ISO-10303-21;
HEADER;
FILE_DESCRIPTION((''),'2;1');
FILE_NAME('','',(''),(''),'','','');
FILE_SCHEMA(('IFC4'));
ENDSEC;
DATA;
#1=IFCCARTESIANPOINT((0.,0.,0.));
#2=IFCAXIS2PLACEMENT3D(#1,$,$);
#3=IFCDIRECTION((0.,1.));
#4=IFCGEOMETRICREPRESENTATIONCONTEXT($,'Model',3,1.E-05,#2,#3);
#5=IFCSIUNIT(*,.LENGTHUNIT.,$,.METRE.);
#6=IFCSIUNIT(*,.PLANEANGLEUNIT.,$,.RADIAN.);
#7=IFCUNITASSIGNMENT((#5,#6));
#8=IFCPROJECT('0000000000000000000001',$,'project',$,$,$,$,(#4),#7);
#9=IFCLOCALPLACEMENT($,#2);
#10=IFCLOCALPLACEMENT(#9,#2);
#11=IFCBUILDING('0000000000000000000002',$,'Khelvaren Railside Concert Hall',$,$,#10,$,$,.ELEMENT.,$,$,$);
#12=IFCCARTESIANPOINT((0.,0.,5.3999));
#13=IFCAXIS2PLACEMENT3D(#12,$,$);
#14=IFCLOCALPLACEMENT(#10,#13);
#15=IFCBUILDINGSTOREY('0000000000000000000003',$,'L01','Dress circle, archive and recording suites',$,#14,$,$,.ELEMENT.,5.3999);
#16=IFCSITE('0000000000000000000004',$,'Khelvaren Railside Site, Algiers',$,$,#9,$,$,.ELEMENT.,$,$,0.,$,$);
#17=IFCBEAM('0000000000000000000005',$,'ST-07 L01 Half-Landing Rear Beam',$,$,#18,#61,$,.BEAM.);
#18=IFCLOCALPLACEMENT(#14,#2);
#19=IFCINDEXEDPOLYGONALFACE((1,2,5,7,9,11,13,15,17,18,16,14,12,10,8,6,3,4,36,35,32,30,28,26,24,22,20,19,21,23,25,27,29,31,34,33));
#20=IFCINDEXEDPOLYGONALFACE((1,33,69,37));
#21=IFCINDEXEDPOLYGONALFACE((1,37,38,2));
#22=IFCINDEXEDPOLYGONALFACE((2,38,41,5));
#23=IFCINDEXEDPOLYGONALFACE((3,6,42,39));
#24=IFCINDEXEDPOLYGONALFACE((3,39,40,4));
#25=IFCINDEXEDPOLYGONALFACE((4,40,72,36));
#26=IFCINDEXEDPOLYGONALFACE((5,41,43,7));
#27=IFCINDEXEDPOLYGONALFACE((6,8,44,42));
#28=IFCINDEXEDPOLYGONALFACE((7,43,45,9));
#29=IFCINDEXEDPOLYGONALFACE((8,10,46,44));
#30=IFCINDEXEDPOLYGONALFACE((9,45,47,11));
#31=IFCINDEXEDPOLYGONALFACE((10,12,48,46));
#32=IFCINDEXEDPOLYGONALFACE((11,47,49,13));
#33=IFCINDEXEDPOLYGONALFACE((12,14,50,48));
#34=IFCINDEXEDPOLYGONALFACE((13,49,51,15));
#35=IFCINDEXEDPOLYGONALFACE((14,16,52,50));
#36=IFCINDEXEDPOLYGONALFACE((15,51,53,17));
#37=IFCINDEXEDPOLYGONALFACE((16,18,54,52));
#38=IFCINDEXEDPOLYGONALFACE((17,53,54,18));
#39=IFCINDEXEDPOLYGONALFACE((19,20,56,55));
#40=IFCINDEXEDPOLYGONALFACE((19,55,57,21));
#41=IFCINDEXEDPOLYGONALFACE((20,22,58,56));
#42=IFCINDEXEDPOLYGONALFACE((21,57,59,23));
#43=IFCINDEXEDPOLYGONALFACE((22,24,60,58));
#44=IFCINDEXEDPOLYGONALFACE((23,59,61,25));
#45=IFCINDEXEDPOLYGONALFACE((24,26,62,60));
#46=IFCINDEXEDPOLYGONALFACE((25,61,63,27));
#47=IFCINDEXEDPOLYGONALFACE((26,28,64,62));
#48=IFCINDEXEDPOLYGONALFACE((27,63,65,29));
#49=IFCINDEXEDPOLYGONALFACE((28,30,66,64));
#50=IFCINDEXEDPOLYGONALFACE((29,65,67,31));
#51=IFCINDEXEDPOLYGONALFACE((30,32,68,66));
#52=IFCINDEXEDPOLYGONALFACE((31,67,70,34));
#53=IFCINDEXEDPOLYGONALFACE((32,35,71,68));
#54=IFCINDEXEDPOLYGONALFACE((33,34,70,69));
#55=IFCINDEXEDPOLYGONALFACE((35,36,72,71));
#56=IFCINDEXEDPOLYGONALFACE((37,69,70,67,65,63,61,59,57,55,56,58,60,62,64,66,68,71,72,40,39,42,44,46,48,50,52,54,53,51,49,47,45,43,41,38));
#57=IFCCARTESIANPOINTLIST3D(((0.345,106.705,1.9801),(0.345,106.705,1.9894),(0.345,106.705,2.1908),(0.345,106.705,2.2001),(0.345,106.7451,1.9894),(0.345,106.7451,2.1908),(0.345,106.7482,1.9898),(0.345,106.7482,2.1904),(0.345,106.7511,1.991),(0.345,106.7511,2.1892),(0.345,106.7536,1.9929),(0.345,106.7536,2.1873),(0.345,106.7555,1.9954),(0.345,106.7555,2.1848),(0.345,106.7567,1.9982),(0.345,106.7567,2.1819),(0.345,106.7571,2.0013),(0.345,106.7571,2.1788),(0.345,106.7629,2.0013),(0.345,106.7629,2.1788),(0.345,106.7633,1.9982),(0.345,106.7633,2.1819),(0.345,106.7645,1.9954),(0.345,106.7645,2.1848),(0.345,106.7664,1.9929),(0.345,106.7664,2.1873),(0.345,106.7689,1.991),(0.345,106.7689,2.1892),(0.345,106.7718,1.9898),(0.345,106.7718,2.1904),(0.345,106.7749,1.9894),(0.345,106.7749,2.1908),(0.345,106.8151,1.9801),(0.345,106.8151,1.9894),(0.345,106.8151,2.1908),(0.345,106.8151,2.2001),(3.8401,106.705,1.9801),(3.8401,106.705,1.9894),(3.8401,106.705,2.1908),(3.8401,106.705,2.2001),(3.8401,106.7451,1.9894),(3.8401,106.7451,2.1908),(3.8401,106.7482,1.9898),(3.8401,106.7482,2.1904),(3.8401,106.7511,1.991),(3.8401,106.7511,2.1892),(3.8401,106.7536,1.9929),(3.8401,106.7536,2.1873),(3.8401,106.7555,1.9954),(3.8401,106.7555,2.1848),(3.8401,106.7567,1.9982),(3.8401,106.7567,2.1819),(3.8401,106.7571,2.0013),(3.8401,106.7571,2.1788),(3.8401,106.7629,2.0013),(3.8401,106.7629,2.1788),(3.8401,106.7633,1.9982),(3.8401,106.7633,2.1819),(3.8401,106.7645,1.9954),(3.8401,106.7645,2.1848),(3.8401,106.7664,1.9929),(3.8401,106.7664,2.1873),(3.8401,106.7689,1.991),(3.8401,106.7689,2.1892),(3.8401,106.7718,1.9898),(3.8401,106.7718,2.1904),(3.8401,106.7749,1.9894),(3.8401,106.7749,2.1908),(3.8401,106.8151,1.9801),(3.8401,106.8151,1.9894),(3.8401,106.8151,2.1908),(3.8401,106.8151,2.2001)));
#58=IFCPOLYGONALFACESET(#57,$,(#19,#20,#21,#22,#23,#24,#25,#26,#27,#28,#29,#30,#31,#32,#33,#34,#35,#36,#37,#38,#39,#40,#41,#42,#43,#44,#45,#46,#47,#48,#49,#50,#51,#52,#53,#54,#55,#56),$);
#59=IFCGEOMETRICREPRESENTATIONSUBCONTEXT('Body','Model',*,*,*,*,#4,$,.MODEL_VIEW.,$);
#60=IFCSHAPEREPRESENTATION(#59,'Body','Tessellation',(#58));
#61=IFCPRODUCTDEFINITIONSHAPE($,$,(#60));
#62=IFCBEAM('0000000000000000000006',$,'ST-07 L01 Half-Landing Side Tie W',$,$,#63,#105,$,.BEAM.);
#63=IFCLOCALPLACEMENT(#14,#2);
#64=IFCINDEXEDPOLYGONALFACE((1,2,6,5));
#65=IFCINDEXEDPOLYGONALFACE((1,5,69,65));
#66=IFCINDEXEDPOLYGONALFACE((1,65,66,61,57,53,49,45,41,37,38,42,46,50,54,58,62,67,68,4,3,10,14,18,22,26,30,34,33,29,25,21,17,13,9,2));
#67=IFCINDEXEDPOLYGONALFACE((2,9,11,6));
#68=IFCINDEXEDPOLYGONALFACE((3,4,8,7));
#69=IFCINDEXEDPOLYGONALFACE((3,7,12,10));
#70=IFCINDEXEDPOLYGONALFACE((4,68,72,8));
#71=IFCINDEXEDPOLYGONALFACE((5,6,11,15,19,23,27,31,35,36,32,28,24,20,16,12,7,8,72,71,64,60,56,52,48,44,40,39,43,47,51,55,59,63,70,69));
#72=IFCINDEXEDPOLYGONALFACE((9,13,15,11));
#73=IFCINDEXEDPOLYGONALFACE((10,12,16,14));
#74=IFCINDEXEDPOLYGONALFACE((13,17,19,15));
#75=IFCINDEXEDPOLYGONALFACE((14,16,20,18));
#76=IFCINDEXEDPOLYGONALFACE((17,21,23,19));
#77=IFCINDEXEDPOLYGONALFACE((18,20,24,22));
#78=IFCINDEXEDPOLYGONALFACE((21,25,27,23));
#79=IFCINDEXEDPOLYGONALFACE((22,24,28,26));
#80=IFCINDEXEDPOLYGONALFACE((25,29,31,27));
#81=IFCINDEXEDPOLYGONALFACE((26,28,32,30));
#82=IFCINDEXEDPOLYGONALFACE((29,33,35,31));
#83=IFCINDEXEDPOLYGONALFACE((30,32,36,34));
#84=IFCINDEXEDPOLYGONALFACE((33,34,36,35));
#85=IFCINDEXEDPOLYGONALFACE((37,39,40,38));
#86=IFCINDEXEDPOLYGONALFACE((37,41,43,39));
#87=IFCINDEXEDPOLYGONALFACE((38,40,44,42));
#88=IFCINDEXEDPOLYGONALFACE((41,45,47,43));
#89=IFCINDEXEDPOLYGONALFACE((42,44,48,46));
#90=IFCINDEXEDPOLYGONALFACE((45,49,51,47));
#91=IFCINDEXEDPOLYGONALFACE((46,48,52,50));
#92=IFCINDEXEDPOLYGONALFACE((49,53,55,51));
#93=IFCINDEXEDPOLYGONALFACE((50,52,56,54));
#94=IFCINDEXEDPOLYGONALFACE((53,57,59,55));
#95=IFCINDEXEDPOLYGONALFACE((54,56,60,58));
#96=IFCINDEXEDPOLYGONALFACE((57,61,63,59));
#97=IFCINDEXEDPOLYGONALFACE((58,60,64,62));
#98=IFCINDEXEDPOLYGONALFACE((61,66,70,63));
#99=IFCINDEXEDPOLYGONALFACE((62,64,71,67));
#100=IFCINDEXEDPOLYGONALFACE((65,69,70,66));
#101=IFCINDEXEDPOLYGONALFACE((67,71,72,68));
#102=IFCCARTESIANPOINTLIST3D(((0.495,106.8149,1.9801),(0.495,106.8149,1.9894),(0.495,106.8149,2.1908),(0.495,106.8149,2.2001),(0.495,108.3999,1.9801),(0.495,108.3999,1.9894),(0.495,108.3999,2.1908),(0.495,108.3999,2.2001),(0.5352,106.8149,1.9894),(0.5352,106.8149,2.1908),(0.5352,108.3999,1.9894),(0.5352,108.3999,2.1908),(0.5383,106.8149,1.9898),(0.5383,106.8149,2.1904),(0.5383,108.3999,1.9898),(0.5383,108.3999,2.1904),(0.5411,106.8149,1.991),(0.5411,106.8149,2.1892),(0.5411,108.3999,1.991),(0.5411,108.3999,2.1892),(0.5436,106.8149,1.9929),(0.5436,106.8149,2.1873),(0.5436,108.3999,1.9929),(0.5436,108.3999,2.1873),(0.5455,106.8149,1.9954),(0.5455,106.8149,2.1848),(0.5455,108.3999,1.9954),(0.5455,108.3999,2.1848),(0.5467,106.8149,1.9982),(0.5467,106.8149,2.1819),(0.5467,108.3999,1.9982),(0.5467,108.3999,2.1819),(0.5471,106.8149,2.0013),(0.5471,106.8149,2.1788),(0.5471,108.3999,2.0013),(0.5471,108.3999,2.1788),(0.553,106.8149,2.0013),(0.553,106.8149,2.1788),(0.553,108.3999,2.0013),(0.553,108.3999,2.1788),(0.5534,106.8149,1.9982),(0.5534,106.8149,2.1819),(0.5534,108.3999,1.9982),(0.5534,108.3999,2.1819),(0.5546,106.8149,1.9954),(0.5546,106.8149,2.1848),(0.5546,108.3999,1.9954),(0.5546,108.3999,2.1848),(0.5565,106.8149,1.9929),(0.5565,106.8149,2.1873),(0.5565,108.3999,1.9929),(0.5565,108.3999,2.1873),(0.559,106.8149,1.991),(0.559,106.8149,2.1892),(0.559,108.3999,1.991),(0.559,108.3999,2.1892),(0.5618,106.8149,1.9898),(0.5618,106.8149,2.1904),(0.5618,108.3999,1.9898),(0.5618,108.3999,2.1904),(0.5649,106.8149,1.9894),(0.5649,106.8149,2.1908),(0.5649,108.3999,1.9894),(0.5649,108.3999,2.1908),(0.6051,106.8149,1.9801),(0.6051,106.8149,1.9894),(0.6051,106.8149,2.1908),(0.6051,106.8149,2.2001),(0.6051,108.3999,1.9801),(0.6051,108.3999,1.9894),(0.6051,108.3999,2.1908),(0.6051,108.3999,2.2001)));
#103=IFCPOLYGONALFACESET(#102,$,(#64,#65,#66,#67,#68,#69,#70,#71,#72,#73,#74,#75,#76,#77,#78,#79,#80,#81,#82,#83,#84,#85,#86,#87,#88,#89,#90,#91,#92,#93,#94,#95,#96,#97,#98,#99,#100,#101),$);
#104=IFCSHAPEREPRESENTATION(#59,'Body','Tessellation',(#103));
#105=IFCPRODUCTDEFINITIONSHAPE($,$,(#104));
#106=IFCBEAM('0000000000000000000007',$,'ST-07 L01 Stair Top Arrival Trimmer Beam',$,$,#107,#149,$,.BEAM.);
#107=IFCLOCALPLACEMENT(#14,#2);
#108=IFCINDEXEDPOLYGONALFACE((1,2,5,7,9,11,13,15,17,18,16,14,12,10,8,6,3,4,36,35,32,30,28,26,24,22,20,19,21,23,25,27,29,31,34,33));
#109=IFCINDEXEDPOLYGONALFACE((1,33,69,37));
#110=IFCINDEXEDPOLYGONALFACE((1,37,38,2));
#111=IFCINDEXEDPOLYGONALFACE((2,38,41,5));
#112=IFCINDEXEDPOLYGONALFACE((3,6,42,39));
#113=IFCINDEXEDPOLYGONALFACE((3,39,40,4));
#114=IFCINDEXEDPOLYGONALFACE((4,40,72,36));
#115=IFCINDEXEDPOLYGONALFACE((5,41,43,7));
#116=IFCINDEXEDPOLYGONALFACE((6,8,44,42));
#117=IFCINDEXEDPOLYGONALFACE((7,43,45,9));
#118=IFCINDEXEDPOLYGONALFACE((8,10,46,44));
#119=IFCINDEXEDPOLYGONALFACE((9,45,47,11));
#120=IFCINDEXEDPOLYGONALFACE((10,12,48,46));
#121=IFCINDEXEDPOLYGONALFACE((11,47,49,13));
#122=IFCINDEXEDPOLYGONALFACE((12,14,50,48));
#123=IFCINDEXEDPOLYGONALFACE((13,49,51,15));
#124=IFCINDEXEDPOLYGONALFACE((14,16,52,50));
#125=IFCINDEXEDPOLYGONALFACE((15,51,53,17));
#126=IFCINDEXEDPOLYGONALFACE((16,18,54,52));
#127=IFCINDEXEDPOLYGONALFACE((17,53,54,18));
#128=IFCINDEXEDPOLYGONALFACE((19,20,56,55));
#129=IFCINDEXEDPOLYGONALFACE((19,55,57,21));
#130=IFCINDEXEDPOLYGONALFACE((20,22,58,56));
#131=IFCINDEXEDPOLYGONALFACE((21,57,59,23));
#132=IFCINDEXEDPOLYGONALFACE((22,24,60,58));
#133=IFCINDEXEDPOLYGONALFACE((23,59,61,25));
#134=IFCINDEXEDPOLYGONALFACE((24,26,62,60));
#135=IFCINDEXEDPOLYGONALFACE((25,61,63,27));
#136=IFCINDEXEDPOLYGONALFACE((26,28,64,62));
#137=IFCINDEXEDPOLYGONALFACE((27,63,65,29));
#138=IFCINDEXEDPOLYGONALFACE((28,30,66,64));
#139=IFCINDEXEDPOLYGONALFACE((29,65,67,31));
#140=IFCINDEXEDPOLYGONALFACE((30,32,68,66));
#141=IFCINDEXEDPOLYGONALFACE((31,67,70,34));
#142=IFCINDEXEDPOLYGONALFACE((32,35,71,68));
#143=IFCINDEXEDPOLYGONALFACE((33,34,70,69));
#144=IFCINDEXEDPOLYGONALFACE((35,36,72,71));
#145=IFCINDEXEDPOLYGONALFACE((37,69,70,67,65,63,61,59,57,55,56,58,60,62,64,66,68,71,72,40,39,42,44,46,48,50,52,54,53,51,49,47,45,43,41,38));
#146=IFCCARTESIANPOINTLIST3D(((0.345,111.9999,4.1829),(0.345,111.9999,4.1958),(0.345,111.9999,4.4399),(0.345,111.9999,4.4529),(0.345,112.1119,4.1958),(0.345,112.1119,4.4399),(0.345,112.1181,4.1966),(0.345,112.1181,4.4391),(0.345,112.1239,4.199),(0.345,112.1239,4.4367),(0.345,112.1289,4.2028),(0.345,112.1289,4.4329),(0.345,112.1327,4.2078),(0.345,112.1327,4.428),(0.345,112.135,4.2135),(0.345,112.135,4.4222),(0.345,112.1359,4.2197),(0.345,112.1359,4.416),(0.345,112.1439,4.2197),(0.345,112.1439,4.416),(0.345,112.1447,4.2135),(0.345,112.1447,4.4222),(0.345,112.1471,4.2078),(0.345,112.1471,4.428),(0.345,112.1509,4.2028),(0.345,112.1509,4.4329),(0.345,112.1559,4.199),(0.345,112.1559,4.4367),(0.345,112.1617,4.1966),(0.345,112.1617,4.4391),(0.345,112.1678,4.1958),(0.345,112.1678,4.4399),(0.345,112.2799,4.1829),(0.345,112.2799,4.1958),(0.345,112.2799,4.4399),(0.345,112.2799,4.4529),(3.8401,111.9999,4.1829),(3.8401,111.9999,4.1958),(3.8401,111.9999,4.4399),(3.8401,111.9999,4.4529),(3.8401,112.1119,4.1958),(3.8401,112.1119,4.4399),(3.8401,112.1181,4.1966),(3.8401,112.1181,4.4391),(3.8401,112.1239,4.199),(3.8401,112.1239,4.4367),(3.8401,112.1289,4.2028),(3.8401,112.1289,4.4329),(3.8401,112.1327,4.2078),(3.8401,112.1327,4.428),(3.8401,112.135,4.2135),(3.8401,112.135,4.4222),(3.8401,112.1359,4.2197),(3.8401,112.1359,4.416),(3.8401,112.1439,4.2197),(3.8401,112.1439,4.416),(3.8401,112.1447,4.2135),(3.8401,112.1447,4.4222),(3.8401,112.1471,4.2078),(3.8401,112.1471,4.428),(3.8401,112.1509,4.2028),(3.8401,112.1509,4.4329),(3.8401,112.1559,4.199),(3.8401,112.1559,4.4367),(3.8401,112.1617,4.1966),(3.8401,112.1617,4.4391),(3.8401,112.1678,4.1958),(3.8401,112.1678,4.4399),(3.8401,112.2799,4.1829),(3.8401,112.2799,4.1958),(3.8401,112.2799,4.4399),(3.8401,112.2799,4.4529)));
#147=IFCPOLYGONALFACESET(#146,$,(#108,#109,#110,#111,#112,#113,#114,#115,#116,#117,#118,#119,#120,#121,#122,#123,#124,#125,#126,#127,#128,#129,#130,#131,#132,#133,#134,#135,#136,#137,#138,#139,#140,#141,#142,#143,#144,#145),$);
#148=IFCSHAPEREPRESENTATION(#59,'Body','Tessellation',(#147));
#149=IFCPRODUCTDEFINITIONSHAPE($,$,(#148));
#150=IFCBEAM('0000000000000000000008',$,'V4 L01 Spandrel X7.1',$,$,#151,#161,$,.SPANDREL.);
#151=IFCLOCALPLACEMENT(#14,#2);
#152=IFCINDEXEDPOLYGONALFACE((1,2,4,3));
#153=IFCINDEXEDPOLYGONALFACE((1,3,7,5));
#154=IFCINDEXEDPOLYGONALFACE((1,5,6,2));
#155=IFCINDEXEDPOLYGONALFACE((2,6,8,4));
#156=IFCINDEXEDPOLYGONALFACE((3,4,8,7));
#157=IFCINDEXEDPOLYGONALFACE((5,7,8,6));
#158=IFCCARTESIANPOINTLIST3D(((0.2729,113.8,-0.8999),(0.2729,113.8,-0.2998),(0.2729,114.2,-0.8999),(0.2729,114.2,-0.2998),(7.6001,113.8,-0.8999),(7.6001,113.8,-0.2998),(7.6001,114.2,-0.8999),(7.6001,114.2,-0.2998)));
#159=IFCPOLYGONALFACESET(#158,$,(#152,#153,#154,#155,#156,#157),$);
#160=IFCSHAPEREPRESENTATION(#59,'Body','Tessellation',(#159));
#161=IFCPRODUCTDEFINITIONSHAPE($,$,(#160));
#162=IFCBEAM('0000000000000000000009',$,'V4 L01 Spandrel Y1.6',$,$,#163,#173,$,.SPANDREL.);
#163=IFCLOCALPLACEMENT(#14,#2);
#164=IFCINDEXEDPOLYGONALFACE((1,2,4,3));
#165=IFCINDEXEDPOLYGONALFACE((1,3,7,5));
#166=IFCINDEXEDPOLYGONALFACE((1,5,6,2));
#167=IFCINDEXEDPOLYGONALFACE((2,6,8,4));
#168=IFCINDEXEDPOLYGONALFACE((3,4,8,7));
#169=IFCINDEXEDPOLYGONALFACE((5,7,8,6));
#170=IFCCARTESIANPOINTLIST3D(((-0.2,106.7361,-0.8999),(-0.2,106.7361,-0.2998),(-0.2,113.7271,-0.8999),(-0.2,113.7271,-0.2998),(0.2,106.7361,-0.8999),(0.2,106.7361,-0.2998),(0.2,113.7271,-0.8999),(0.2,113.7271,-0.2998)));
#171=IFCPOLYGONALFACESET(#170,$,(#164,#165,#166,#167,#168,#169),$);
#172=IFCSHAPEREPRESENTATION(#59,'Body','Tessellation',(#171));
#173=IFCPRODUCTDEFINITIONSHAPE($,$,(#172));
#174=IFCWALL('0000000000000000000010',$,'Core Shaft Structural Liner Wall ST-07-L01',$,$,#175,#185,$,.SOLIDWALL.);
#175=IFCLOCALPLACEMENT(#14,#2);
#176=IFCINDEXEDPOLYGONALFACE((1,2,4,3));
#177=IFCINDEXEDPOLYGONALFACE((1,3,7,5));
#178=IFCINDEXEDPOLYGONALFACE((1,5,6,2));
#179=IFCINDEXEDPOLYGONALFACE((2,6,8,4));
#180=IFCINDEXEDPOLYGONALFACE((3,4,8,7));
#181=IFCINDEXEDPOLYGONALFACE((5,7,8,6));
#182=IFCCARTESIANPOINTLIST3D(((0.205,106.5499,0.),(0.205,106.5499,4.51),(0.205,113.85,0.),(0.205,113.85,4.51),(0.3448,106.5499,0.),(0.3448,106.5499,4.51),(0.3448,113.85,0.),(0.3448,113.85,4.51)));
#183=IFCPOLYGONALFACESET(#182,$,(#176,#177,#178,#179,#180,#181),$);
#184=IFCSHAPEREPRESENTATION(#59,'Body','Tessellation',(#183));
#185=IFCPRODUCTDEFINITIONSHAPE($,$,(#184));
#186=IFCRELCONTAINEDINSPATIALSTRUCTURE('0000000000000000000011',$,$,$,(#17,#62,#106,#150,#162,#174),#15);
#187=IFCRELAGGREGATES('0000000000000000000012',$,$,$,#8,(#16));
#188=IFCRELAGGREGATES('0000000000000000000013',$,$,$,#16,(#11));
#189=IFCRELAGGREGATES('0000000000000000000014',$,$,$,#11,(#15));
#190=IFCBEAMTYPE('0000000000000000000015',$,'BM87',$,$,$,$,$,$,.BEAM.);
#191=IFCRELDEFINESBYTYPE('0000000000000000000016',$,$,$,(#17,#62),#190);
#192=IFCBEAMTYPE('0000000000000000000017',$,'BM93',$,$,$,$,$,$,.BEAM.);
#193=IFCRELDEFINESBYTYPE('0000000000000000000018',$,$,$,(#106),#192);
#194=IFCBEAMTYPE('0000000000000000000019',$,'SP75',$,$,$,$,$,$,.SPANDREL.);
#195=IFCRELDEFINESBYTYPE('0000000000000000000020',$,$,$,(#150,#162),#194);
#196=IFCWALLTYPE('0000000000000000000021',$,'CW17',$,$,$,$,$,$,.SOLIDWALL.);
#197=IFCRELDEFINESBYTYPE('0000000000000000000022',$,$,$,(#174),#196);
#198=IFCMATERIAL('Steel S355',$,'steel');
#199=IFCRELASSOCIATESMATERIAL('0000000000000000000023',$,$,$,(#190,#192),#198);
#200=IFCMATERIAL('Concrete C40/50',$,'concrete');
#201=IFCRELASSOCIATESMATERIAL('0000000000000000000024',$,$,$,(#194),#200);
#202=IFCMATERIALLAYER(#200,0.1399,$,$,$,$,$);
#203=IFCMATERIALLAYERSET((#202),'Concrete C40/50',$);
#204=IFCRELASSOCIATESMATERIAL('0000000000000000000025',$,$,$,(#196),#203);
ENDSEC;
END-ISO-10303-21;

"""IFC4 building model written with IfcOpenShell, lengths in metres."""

from ifc_helpers import new_model, si_unit, direction, frame, frame_2d, origin, origin_2d, place, context, subcontext, project, spatial, rectangle, i_section, extrude, material, layer, layer_set, material_profile, profile_set, type_object, element, save


model = new_model("IFC4")

# Units and contexts
model_context = context("Model", 3, precision=1e-05, world=origin(), true_north=direction((0.0, 1.0)))
body_context = subcontext(model_context, "Body", "Model", "MODEL_VIEW")
ifc_project = project(units=[si_unit("LENGTHUNIT", "METRE"), si_unit("PLANEANGLEUNIT", "RADIAN")], contexts=[model_context])

# Site, building, storey
site_placement = place(None, origin())
site = spatial("IfcSite", under=ifc_project, at=site_placement, Name="Khelvaren Railside Site, Algiers", CompositionType="ELEMENT", RefElevation=0.0)
building_placement = place(site_placement, origin())
building = spatial("IfcBuilding", under=site, at=building_placement, Name="Khelvaren Railside Concert Hall", CompositionType="ELEMENT")
storey_placement = place(building_placement, frame((0.0, 0.0, 5.3999)))
storey = spatial("IfcBuildingStorey", under=building, at=storey_placement, Name="L01", Description="Dress circle, archive and recording suites", CompositionType="ELEMENT", Elevation=5.3999)

# Beams
ifc_material_1 = material(Name="Steel S355", Category="steel")
ifc_material_2 = material(Name="Concrete C40/50", Category="concrete")
ifc_material_profile_1 = material_profile(ifc_material_1, i_section(OverallWidth=0.1101, OverallDepth=0.22, WebThickness=0.0059, FlangeThickness=0.0093, FilletRadius=0.012, at=origin_2d()), Name="IPE 220")
ifc_profile_set_1 = profile_set([ifc_material_profile_1], Name="Steel S355")
beam_type_1 = type_object("IfcBeamType", Name="BM87", PredefinedType="BEAM", material=ifc_profile_set_1)
for number, where, z_axis, x_axis, name in (
    (1, (0.345, 106.76, 2.0901), (1.0, 0.0, 0.0), (0.0, 1.0, 0.0), "ST-07 L01 Half-Landing Rear Beam"),
):
    element("IfcBeam", number, at=place(storey_placement, frame(where, z_axis=z_axis, x_axis=x_axis)), inside=storey, type_object=beam_type_1, Name=name, PredefinedType="BEAM", context=body_context, shape_type="SweptSolid", body=[
        extrude(i_section(OverallWidth=0.1101, OverallDepth=0.22, WebThickness=0.0059, FlangeThickness=0.0093, FilletRadius=0.012, at=origin_2d()), origin(), (0.0, 0.0, 1.0), 3.4951),
    ])
beam_1_placement = place(storey_placement, frame((0.55, 106.8149, 2.0901), z_axis=(0.0, 1.0, 0.0), x_axis=(-1.0, 0.0, 0.0)))
element("IfcBeam", 2, at=beam_1_placement, inside=storey, type_object=beam_type_1, Name="ST-07 L01 Half-Landing Side Tie W", PredefinedType="BEAM", context=body_context, shape_type="SweptSolid", body=[
    extrude(i_section(OverallWidth=0.1101, OverallDepth=0.22, WebThickness=0.0059, FlangeThickness=0.0093, FilletRadius=0.012, at=origin_2d()), origin(), (0.0, 0.0, 1.0), 1.585),
])
ifc_material_profile_2 = material_profile(ifc_material_1, i_section(OverallWidth=0.28, OverallDepth=0.27, WebThickness=0.0081, FlangeThickness=0.0129, FilletRadius=0.0239, at=origin_2d()), Name="HEA 280")
ifc_profile_set_2 = profile_set([ifc_material_profile_2], Name="Steel S355")
beam_type_2 = type_object("IfcBeamType", Name="BM93", PredefinedType="BEAM", material=ifc_profile_set_2)
beam_2_placement = place(storey_placement, frame((0.345, 112.1399, 4.3179), z_axis=(1.0, 0.0, 0.0), x_axis=(0.0, 1.0, 0.0)))
element("IfcBeam", 3, at=beam_2_placement, inside=storey, type_object=beam_type_2, Name="ST-07 L01 Stair Top Arrival Trimmer Beam", PredefinedType="BEAM", context=body_context, shape_type="SweptSolid", body=[
    extrude(i_section(OverallWidth=0.28, OverallDepth=0.27, WebThickness=0.0081, FlangeThickness=0.0129, FilletRadius=0.0239, at=origin_2d()), origin(), (0.0, 0.0, 1.0), 3.4951),
])
ifc_material_profile_3 = material_profile(ifc_material_2, rectangle(XDim=0.3999, YDim=0.6001, at=origin_2d()), Name="RCB 400x600")
ifc_profile_set_3 = profile_set([ifc_material_profile_3], Name="Concrete C40/50")
beam_type_3 = type_object("IfcBeamType", Name="SP75", PredefinedType="SPANDREL", material=ifc_profile_set_3)
beam_3_placement = place(storey_placement, frame((0.2729, 114.0, -0.5999), z_axis=(1.0, 0.0, 0.0), x_axis=(0.0, 1.0, 0.0)))
element("IfcBeam", 4, at=beam_3_placement, inside=storey, type_object=beam_type_3, Name="V4 L01 Spandrel X7.1", PredefinedType="SPANDREL", context=body_context, shape_type="SweptSolid", body=[
    extrude(rectangle(XDim=0.3999, YDim=0.6001, at=origin_2d()), origin(), (0.0, 0.0, 1.0), 7.3271),
])
beam_4_placement = place(storey_placement, frame((0.0, 106.7361, -0.5999), z_axis=(0.0, 1.0, 0.0), x_axis=(-1.0, 0.0, 0.0)))
element("IfcBeam", 5, at=beam_4_placement, inside=storey, type_object=beam_type_3, Name="V4 L01 Spandrel Y1.6", PredefinedType="SPANDREL", context=body_context, shape_type="SweptSolid", body=[
    extrude(rectangle(XDim=0.3999, YDim=0.6001, at=origin_2d()), origin(), (0.0, 0.0, 1.0), 6.991),
])

# Wall
ifc_layer_1 = layer(ifc_material_2, 0.1399)
ifc_layer_set_1 = layer_set([ifc_layer_1], Name="Concrete C40/50")
wall_type_1 = type_object("IfcWallType", Name="CW17", PredefinedType="SOLIDWALL", material=ifc_layer_set_1)
wall_1_placement = place(storey_placement, frame((0.2749, 106.55, 0.0), z_axis=(0.0, 0.0, 1.0), x_axis=(0.0, 1.0, 0.0)))
element("IfcWall", 6, at=wall_1_placement, inside=storey, type_object=wall_type_1, Name="Core Shaft Structural Liner Wall ST-07-L01", PredefinedType="SOLIDWALL", context=body_context, shape_type="SweptSolid", body=[
    extrude(rectangle(XDim=7.3, YDim=0.1399, at=frame_2d((3.6499, 0.0))), origin(), (0.0, 0.0, 1.0), 4.51),
])

save(model, "model.ifc")
